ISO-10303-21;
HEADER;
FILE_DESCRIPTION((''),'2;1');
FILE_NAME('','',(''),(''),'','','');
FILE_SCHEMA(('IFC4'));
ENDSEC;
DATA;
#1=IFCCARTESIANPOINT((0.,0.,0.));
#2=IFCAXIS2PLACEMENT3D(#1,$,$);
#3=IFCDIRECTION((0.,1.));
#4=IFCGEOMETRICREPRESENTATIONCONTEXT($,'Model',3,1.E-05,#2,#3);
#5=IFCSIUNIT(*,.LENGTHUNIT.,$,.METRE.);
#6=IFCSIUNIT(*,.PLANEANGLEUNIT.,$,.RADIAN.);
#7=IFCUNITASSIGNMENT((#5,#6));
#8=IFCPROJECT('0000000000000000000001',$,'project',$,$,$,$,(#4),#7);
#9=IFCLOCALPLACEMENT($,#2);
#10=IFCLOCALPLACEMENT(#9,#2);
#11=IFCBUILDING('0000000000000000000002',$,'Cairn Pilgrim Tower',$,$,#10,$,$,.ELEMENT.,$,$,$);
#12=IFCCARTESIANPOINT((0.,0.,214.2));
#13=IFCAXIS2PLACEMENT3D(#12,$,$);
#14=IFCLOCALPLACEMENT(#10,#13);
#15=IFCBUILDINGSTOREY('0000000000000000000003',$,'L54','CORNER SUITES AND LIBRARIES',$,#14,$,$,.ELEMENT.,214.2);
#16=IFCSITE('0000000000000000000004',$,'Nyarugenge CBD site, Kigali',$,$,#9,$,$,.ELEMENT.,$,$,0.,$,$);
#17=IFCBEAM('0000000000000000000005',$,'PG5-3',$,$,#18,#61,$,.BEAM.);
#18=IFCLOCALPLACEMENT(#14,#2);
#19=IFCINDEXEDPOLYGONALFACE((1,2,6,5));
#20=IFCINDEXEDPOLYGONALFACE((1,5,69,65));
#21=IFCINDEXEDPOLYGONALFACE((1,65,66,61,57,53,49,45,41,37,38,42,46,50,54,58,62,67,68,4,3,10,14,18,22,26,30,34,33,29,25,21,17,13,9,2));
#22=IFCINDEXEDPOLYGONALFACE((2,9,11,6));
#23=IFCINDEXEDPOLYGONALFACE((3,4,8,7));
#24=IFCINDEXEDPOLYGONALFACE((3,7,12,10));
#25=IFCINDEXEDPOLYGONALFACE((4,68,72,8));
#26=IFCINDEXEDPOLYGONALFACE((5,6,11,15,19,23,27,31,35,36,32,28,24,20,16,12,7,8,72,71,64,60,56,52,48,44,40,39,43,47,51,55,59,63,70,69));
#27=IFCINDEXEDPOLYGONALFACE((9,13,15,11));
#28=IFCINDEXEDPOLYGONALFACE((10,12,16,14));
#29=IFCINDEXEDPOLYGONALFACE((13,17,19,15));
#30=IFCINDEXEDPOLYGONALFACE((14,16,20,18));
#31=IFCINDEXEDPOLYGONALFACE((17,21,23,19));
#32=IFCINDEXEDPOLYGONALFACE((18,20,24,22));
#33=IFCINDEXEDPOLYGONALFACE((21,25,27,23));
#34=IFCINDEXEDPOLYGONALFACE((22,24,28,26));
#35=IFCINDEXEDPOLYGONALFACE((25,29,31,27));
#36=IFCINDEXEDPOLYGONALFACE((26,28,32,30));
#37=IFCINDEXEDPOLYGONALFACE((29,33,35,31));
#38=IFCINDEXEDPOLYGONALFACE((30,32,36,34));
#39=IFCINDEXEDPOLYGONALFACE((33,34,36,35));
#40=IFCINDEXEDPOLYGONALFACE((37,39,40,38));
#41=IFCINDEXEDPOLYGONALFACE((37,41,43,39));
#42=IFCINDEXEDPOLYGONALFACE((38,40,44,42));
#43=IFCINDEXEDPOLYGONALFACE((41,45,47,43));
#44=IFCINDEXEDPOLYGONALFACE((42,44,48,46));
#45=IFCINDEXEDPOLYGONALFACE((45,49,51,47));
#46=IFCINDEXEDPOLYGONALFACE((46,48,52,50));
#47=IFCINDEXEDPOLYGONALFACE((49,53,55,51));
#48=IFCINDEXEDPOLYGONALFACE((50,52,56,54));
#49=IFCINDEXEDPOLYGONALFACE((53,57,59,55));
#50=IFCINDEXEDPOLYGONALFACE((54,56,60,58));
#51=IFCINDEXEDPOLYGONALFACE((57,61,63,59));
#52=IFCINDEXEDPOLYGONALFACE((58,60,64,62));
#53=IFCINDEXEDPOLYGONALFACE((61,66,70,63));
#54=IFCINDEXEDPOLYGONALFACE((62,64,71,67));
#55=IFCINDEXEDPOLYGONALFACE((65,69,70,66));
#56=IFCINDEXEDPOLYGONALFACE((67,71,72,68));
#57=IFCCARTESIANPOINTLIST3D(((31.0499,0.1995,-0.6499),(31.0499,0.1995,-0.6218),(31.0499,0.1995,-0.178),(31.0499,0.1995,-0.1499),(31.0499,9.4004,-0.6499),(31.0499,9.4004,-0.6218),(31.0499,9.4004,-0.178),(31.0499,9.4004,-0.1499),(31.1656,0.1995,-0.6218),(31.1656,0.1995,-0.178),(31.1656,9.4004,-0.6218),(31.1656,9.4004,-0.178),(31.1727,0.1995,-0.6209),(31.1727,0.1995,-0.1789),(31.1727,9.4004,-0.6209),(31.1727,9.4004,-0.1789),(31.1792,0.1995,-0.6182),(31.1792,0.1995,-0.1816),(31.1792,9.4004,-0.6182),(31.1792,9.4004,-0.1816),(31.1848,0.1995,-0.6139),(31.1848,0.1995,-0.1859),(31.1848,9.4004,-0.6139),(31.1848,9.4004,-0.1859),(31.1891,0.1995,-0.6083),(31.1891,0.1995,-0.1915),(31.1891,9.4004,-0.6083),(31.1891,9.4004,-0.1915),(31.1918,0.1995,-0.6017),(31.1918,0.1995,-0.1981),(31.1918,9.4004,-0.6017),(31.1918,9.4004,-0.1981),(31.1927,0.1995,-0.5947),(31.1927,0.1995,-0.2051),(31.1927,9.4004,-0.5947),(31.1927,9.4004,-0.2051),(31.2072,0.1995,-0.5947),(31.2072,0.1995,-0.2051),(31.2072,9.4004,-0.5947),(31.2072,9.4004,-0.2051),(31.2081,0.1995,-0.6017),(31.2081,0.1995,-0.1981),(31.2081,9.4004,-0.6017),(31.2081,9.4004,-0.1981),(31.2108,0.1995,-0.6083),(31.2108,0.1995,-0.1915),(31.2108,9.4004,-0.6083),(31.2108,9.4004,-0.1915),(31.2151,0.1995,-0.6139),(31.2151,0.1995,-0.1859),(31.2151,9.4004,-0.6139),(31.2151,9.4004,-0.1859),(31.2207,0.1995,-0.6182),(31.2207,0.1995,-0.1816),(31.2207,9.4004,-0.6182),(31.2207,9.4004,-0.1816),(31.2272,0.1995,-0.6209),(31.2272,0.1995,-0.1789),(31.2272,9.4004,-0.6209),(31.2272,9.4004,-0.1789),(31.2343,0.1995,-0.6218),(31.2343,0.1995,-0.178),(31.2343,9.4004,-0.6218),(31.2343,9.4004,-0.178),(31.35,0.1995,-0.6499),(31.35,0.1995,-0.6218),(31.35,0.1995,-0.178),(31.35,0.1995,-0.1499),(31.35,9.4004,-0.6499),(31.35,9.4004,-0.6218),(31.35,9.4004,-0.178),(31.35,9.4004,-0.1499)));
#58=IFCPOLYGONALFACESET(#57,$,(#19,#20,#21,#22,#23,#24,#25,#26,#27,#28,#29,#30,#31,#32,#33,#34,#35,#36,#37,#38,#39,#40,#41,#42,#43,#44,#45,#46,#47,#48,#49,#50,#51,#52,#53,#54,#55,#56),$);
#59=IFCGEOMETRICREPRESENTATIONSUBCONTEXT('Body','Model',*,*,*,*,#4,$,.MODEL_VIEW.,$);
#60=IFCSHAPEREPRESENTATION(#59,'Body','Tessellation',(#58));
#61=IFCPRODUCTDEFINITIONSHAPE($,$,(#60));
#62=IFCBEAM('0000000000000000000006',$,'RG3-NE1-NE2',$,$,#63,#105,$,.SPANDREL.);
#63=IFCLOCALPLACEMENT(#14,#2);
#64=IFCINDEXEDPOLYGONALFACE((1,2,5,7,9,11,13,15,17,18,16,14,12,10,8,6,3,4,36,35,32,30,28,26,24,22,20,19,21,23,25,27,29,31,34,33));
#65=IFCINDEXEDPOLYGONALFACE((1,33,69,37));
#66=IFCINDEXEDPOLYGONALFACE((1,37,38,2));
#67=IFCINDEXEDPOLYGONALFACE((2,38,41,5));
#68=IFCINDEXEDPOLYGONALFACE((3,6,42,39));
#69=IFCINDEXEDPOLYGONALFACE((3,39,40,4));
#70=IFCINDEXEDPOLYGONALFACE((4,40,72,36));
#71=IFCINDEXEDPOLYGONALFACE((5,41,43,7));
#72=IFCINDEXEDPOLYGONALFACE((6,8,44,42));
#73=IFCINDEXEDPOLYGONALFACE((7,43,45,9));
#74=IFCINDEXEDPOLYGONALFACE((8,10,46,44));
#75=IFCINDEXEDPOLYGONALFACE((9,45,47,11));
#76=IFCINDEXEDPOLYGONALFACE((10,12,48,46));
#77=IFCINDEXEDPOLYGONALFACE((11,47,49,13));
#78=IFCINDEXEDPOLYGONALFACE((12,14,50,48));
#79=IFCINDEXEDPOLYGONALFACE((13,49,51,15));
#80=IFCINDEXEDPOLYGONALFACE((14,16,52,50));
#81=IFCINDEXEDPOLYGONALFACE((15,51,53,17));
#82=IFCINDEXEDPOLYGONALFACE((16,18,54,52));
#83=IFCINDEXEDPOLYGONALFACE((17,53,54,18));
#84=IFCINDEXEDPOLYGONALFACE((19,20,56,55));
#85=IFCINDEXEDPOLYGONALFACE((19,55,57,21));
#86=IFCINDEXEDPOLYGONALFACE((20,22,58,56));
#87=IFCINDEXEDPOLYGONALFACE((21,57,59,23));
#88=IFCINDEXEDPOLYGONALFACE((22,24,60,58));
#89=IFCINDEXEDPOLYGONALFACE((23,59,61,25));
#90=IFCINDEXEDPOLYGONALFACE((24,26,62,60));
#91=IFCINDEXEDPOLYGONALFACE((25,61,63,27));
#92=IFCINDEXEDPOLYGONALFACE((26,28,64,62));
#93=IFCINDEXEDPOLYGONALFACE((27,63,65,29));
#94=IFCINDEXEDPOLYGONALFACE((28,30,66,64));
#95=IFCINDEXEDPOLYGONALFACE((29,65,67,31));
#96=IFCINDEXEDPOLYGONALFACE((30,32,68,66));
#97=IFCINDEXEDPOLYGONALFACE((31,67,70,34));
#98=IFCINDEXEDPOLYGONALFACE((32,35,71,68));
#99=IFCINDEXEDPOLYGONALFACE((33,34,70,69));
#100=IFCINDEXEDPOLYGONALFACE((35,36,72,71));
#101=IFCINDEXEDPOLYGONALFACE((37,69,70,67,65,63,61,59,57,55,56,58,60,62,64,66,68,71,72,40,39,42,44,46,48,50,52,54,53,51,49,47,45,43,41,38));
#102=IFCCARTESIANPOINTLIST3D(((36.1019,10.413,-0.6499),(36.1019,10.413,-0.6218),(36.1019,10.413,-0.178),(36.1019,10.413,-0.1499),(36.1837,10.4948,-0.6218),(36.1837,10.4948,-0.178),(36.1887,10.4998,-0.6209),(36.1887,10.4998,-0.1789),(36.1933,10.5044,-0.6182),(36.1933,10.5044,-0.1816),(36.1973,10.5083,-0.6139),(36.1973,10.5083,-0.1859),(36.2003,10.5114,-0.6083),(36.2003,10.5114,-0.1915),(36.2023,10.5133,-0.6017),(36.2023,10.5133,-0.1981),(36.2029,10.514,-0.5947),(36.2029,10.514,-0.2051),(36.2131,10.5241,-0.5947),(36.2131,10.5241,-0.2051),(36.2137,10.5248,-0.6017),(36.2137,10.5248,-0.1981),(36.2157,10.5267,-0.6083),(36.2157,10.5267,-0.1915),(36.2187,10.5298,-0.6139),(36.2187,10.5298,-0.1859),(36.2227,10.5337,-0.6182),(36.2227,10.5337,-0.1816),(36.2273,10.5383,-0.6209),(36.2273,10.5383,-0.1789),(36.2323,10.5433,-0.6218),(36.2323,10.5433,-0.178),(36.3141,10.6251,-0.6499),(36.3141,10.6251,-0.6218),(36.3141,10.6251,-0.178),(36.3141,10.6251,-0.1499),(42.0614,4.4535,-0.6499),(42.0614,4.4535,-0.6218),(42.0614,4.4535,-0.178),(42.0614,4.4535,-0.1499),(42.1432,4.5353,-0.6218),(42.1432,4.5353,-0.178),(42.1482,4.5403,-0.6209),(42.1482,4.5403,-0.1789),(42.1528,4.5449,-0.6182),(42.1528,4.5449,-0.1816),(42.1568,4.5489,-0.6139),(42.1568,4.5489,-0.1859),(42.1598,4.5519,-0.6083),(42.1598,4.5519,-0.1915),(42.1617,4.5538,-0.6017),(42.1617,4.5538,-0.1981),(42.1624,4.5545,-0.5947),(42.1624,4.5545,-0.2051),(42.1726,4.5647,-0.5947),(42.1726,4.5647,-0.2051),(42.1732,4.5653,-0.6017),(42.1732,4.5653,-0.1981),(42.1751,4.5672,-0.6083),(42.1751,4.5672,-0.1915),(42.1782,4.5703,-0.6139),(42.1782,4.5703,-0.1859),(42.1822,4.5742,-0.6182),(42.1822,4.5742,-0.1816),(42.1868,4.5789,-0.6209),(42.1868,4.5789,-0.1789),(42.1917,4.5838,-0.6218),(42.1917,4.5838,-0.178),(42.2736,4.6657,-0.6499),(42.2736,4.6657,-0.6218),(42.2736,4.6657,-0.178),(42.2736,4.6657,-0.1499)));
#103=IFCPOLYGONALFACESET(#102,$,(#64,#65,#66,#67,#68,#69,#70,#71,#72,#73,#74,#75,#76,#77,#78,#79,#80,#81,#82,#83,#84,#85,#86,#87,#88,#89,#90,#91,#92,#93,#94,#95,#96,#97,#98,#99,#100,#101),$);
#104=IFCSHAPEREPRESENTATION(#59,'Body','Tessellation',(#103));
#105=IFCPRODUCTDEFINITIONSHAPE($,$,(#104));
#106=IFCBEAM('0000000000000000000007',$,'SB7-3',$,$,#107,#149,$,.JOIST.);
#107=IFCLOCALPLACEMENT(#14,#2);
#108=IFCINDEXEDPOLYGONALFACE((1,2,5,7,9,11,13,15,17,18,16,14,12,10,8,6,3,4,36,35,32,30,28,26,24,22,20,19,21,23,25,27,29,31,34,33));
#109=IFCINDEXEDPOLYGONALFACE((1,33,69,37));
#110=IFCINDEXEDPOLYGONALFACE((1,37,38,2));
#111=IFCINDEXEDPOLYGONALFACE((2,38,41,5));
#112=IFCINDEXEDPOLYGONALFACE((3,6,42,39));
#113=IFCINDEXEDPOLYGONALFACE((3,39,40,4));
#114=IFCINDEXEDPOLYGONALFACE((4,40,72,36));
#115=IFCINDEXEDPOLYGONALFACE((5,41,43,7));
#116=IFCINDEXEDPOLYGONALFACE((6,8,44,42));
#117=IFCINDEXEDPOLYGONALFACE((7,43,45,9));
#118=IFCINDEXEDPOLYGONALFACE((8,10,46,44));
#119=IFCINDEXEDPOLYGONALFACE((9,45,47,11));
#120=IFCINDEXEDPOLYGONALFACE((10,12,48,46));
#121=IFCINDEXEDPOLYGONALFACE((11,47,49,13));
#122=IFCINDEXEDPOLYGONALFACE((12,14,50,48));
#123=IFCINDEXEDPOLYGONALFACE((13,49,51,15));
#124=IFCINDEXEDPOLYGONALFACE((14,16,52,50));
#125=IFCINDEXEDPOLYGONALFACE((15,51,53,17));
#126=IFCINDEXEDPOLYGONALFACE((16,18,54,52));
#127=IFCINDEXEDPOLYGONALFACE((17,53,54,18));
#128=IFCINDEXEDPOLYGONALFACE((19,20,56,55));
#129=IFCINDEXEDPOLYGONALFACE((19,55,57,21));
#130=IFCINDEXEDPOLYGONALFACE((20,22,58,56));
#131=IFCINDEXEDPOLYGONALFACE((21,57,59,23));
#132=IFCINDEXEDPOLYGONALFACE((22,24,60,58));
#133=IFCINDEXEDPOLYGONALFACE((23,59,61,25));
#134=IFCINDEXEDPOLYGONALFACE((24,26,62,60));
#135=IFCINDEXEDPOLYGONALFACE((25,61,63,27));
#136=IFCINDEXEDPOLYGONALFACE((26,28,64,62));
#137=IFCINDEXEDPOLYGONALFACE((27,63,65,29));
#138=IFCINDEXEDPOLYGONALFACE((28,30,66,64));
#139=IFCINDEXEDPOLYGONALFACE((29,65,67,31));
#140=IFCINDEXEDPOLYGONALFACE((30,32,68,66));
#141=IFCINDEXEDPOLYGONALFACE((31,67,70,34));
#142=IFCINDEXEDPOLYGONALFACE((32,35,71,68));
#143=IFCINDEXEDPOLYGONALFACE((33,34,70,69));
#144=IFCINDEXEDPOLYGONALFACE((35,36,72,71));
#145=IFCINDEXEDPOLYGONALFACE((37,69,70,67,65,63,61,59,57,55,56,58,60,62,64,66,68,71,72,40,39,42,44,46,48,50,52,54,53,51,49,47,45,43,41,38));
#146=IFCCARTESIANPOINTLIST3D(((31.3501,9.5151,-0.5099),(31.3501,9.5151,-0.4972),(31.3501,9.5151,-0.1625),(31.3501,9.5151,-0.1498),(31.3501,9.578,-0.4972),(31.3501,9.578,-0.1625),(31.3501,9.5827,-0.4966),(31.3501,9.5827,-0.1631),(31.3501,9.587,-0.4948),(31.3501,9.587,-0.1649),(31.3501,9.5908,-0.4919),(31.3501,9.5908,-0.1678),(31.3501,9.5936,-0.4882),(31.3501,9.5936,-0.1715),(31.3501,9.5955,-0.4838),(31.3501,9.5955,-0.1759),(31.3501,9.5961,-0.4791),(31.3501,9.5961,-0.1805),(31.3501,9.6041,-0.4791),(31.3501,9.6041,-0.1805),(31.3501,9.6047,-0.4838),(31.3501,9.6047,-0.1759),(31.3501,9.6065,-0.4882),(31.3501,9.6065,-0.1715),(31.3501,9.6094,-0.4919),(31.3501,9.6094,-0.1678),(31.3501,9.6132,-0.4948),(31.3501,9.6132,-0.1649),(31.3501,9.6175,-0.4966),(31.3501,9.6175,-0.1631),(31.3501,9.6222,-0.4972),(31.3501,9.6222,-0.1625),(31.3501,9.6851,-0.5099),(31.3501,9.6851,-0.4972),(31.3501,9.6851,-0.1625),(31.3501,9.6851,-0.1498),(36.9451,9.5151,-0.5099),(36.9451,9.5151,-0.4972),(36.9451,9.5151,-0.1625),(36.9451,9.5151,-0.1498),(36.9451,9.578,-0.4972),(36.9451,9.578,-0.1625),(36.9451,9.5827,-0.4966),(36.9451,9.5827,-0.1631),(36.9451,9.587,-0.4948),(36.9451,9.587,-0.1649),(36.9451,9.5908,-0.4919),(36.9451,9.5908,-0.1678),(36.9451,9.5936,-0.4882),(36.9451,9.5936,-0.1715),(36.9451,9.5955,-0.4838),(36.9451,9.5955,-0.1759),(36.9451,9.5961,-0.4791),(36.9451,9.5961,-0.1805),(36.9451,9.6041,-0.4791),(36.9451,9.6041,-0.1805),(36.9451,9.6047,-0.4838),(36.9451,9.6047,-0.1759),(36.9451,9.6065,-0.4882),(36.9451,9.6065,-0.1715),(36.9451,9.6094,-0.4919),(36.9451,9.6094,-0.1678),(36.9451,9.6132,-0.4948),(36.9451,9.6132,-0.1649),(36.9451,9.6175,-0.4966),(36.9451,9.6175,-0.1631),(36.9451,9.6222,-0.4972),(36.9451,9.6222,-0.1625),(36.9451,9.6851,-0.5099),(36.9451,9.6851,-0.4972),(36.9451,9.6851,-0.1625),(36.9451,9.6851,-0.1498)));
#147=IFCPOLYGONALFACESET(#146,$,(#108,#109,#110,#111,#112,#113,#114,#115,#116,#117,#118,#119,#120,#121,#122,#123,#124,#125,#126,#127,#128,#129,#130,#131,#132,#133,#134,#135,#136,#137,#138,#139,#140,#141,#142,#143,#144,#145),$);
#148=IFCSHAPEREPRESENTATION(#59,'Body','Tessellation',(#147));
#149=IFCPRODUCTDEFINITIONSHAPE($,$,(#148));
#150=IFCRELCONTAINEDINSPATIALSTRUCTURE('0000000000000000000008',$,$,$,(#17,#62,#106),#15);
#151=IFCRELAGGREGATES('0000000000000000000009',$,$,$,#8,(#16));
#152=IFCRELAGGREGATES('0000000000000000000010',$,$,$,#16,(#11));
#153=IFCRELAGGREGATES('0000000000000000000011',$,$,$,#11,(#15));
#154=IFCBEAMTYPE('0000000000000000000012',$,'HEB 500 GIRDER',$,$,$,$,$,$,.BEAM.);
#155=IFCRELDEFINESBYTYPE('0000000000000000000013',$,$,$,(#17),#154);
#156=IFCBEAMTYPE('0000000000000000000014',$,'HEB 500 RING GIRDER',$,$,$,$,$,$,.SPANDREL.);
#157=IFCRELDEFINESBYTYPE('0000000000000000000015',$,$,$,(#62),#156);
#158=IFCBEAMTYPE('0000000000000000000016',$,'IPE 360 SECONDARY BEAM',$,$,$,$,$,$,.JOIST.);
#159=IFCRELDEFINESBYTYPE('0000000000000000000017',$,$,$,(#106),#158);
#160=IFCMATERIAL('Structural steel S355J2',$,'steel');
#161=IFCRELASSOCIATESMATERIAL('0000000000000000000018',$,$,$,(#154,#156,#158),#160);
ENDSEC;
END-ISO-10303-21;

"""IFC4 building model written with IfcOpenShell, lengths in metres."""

from ifc_helpers import new_model, si_unit, direction, frame, origin, origin_2d, place, context, subcontext, project, spatial, i_section, extrude, material, material_profile, profile_set, type_object, element, save


model = new_model("IFC4")

# Units and contexts
model_context = context("Model", 3, precision=1e-05, world=origin(), true_north=direction((0.0, 1.0)))
body_context = subcontext(model_context, "Body", "Model", "MODEL_VIEW")
ifc_project = project(units=[si_unit("LENGTHUNIT", "METRE"), si_unit("PLANEANGLEUNIT", "RADIAN")], contexts=[model_context])

# Site, building, storey
site_placement = place(None, origin())
site = spatial("IfcSite", under=ifc_project, at=site_placement, Name="Nyarugenge CBD site, Kigali", CompositionType="ELEMENT", RefElevation=0.0)
building_placement = place(site_placement, origin())
building = spatial("IfcBuilding", under=site, at=building_placement, Name="Cairn Pilgrim Tower", CompositionType="ELEMENT")
storey_placement = place(building_placement, frame((0.0, 0.0, 214.2)))
storey = spatial("IfcBuildingStorey", under=building, at=storey_placement, Name="L54", Description="CORNER SUITES AND LIBRARIES", CompositionType="ELEMENT", Elevation=214.2)

# Shared definitions
ifc_material_1 = material(Name="Structural steel S355J2", Category="steel")

# Beams
ifc_material_profile_1 = material_profile(ifc_material_1, i_section(OverallWidth=0.3, OverallDepth=0.5, WebThickness=0.0144, FlangeThickness=0.0281, FilletRadius=0.0271, at=origin_2d()), Name="HEB 500")
ifc_profile_set_1 = profile_set([ifc_material_profile_1], Name="Structural steel S355J2")
beam_type_1 = type_object("IfcBeamType", Name="HEB 500 GIRDER", PredefinedType="BEAM", material=ifc_profile_set_1)
beam_1_placement = place(storey_placement, frame((31.2, 0.1995, -0.3999), z_axis=(0.0, 1.0, 0.0), x_axis=(-1.0, 0.0, 0.0)))
element("IfcBeam", 1, at=beam_1_placement, inside=storey, type_object=beam_type_1, Name="PG5-3", PredefinedType="BEAM", context=body_context, shape_type="SweptSolid", body=[
    extrude(i_section(OverallWidth=0.3, OverallDepth=0.5, WebThickness=0.0144, FlangeThickness=0.0281, FilletRadius=0.0271, at=origin_2d()), origin(), (0.0, 0.0, 1.0), 9.2009),
])
ifc_material_profile_2 = material_profile(ifc_material_1, i_section(OverallWidth=0.3, OverallDepth=0.5, WebThickness=0.0144, FlangeThickness=0.0281, FilletRadius=0.0271, at=origin_2d()), Name="HEB 500")
ifc_profile_set_2 = profile_set([ifc_material_profile_2], Name="Structural steel S355J2")
beam_type_2 = type_object("IfcBeamType", Name="HEB 500 RING GIRDER", PredefinedType="SPANDREL", material=ifc_profile_set_2)
beam_2_placement = place(storey_placement, frame((42.1675, 4.5596, -0.3999), z_axis=(-0.707107, 0.707107, 0.0), x_axis=(-0.707107, -0.707107, 0.0)))
element("IfcBeam", 2, at=beam_2_placement, inside=storey, type_object=beam_type_2, Name="RG3-NE1-NE2", PredefinedType="SPANDREL", context=body_context, shape_type="SweptSolid", body=[
    extrude(i_section(OverallWidth=0.3, OverallDepth=0.5, WebThickness=0.0144, FlangeThickness=0.0281, FilletRadius=0.0271, at=origin_2d()), origin(), (0.0, 0.0, 1.0), 8.428),
])
ifc_material_profile_3 = material_profile(ifc_material_1, i_section(OverallWidth=0.1699, OverallDepth=0.3601, WebThickness=0.0081, FlangeThickness=0.0127, FilletRadius=0.0181, at=origin_2d()), Name="IPE 360")
ifc_profile_set_3 = profile_set([ifc_material_profile_3], Name="Structural steel S355J2")
beam_type_3 = type_object("IfcBeamType", Name="IPE 360 SECONDARY BEAM", PredefinedType="JOIST", material=ifc_profile_set_3)
beam_3_placement = place(storey_placement, frame((31.3501, 9.6001, -0.3298), z_axis=(1.0, 0.0, 0.0), x_axis=(0.0, 1.0, 0.0)))
element("IfcBeam", 3, at=beam_3_placement, inside=storey, type_object=beam_type_3, Name="SB7-3", PredefinedType="JOIST", context=body_context, shape_type="SweptSolid", body=[
    extrude(i_section(OverallWidth=0.1699, OverallDepth=0.3601, WebThickness=0.0081, FlangeThickness=0.0127, FilletRadius=0.0181, at=origin_2d()), origin(), (0.0, 0.0, 1.0), 5.595),
])

save(model, "model.ifc")
